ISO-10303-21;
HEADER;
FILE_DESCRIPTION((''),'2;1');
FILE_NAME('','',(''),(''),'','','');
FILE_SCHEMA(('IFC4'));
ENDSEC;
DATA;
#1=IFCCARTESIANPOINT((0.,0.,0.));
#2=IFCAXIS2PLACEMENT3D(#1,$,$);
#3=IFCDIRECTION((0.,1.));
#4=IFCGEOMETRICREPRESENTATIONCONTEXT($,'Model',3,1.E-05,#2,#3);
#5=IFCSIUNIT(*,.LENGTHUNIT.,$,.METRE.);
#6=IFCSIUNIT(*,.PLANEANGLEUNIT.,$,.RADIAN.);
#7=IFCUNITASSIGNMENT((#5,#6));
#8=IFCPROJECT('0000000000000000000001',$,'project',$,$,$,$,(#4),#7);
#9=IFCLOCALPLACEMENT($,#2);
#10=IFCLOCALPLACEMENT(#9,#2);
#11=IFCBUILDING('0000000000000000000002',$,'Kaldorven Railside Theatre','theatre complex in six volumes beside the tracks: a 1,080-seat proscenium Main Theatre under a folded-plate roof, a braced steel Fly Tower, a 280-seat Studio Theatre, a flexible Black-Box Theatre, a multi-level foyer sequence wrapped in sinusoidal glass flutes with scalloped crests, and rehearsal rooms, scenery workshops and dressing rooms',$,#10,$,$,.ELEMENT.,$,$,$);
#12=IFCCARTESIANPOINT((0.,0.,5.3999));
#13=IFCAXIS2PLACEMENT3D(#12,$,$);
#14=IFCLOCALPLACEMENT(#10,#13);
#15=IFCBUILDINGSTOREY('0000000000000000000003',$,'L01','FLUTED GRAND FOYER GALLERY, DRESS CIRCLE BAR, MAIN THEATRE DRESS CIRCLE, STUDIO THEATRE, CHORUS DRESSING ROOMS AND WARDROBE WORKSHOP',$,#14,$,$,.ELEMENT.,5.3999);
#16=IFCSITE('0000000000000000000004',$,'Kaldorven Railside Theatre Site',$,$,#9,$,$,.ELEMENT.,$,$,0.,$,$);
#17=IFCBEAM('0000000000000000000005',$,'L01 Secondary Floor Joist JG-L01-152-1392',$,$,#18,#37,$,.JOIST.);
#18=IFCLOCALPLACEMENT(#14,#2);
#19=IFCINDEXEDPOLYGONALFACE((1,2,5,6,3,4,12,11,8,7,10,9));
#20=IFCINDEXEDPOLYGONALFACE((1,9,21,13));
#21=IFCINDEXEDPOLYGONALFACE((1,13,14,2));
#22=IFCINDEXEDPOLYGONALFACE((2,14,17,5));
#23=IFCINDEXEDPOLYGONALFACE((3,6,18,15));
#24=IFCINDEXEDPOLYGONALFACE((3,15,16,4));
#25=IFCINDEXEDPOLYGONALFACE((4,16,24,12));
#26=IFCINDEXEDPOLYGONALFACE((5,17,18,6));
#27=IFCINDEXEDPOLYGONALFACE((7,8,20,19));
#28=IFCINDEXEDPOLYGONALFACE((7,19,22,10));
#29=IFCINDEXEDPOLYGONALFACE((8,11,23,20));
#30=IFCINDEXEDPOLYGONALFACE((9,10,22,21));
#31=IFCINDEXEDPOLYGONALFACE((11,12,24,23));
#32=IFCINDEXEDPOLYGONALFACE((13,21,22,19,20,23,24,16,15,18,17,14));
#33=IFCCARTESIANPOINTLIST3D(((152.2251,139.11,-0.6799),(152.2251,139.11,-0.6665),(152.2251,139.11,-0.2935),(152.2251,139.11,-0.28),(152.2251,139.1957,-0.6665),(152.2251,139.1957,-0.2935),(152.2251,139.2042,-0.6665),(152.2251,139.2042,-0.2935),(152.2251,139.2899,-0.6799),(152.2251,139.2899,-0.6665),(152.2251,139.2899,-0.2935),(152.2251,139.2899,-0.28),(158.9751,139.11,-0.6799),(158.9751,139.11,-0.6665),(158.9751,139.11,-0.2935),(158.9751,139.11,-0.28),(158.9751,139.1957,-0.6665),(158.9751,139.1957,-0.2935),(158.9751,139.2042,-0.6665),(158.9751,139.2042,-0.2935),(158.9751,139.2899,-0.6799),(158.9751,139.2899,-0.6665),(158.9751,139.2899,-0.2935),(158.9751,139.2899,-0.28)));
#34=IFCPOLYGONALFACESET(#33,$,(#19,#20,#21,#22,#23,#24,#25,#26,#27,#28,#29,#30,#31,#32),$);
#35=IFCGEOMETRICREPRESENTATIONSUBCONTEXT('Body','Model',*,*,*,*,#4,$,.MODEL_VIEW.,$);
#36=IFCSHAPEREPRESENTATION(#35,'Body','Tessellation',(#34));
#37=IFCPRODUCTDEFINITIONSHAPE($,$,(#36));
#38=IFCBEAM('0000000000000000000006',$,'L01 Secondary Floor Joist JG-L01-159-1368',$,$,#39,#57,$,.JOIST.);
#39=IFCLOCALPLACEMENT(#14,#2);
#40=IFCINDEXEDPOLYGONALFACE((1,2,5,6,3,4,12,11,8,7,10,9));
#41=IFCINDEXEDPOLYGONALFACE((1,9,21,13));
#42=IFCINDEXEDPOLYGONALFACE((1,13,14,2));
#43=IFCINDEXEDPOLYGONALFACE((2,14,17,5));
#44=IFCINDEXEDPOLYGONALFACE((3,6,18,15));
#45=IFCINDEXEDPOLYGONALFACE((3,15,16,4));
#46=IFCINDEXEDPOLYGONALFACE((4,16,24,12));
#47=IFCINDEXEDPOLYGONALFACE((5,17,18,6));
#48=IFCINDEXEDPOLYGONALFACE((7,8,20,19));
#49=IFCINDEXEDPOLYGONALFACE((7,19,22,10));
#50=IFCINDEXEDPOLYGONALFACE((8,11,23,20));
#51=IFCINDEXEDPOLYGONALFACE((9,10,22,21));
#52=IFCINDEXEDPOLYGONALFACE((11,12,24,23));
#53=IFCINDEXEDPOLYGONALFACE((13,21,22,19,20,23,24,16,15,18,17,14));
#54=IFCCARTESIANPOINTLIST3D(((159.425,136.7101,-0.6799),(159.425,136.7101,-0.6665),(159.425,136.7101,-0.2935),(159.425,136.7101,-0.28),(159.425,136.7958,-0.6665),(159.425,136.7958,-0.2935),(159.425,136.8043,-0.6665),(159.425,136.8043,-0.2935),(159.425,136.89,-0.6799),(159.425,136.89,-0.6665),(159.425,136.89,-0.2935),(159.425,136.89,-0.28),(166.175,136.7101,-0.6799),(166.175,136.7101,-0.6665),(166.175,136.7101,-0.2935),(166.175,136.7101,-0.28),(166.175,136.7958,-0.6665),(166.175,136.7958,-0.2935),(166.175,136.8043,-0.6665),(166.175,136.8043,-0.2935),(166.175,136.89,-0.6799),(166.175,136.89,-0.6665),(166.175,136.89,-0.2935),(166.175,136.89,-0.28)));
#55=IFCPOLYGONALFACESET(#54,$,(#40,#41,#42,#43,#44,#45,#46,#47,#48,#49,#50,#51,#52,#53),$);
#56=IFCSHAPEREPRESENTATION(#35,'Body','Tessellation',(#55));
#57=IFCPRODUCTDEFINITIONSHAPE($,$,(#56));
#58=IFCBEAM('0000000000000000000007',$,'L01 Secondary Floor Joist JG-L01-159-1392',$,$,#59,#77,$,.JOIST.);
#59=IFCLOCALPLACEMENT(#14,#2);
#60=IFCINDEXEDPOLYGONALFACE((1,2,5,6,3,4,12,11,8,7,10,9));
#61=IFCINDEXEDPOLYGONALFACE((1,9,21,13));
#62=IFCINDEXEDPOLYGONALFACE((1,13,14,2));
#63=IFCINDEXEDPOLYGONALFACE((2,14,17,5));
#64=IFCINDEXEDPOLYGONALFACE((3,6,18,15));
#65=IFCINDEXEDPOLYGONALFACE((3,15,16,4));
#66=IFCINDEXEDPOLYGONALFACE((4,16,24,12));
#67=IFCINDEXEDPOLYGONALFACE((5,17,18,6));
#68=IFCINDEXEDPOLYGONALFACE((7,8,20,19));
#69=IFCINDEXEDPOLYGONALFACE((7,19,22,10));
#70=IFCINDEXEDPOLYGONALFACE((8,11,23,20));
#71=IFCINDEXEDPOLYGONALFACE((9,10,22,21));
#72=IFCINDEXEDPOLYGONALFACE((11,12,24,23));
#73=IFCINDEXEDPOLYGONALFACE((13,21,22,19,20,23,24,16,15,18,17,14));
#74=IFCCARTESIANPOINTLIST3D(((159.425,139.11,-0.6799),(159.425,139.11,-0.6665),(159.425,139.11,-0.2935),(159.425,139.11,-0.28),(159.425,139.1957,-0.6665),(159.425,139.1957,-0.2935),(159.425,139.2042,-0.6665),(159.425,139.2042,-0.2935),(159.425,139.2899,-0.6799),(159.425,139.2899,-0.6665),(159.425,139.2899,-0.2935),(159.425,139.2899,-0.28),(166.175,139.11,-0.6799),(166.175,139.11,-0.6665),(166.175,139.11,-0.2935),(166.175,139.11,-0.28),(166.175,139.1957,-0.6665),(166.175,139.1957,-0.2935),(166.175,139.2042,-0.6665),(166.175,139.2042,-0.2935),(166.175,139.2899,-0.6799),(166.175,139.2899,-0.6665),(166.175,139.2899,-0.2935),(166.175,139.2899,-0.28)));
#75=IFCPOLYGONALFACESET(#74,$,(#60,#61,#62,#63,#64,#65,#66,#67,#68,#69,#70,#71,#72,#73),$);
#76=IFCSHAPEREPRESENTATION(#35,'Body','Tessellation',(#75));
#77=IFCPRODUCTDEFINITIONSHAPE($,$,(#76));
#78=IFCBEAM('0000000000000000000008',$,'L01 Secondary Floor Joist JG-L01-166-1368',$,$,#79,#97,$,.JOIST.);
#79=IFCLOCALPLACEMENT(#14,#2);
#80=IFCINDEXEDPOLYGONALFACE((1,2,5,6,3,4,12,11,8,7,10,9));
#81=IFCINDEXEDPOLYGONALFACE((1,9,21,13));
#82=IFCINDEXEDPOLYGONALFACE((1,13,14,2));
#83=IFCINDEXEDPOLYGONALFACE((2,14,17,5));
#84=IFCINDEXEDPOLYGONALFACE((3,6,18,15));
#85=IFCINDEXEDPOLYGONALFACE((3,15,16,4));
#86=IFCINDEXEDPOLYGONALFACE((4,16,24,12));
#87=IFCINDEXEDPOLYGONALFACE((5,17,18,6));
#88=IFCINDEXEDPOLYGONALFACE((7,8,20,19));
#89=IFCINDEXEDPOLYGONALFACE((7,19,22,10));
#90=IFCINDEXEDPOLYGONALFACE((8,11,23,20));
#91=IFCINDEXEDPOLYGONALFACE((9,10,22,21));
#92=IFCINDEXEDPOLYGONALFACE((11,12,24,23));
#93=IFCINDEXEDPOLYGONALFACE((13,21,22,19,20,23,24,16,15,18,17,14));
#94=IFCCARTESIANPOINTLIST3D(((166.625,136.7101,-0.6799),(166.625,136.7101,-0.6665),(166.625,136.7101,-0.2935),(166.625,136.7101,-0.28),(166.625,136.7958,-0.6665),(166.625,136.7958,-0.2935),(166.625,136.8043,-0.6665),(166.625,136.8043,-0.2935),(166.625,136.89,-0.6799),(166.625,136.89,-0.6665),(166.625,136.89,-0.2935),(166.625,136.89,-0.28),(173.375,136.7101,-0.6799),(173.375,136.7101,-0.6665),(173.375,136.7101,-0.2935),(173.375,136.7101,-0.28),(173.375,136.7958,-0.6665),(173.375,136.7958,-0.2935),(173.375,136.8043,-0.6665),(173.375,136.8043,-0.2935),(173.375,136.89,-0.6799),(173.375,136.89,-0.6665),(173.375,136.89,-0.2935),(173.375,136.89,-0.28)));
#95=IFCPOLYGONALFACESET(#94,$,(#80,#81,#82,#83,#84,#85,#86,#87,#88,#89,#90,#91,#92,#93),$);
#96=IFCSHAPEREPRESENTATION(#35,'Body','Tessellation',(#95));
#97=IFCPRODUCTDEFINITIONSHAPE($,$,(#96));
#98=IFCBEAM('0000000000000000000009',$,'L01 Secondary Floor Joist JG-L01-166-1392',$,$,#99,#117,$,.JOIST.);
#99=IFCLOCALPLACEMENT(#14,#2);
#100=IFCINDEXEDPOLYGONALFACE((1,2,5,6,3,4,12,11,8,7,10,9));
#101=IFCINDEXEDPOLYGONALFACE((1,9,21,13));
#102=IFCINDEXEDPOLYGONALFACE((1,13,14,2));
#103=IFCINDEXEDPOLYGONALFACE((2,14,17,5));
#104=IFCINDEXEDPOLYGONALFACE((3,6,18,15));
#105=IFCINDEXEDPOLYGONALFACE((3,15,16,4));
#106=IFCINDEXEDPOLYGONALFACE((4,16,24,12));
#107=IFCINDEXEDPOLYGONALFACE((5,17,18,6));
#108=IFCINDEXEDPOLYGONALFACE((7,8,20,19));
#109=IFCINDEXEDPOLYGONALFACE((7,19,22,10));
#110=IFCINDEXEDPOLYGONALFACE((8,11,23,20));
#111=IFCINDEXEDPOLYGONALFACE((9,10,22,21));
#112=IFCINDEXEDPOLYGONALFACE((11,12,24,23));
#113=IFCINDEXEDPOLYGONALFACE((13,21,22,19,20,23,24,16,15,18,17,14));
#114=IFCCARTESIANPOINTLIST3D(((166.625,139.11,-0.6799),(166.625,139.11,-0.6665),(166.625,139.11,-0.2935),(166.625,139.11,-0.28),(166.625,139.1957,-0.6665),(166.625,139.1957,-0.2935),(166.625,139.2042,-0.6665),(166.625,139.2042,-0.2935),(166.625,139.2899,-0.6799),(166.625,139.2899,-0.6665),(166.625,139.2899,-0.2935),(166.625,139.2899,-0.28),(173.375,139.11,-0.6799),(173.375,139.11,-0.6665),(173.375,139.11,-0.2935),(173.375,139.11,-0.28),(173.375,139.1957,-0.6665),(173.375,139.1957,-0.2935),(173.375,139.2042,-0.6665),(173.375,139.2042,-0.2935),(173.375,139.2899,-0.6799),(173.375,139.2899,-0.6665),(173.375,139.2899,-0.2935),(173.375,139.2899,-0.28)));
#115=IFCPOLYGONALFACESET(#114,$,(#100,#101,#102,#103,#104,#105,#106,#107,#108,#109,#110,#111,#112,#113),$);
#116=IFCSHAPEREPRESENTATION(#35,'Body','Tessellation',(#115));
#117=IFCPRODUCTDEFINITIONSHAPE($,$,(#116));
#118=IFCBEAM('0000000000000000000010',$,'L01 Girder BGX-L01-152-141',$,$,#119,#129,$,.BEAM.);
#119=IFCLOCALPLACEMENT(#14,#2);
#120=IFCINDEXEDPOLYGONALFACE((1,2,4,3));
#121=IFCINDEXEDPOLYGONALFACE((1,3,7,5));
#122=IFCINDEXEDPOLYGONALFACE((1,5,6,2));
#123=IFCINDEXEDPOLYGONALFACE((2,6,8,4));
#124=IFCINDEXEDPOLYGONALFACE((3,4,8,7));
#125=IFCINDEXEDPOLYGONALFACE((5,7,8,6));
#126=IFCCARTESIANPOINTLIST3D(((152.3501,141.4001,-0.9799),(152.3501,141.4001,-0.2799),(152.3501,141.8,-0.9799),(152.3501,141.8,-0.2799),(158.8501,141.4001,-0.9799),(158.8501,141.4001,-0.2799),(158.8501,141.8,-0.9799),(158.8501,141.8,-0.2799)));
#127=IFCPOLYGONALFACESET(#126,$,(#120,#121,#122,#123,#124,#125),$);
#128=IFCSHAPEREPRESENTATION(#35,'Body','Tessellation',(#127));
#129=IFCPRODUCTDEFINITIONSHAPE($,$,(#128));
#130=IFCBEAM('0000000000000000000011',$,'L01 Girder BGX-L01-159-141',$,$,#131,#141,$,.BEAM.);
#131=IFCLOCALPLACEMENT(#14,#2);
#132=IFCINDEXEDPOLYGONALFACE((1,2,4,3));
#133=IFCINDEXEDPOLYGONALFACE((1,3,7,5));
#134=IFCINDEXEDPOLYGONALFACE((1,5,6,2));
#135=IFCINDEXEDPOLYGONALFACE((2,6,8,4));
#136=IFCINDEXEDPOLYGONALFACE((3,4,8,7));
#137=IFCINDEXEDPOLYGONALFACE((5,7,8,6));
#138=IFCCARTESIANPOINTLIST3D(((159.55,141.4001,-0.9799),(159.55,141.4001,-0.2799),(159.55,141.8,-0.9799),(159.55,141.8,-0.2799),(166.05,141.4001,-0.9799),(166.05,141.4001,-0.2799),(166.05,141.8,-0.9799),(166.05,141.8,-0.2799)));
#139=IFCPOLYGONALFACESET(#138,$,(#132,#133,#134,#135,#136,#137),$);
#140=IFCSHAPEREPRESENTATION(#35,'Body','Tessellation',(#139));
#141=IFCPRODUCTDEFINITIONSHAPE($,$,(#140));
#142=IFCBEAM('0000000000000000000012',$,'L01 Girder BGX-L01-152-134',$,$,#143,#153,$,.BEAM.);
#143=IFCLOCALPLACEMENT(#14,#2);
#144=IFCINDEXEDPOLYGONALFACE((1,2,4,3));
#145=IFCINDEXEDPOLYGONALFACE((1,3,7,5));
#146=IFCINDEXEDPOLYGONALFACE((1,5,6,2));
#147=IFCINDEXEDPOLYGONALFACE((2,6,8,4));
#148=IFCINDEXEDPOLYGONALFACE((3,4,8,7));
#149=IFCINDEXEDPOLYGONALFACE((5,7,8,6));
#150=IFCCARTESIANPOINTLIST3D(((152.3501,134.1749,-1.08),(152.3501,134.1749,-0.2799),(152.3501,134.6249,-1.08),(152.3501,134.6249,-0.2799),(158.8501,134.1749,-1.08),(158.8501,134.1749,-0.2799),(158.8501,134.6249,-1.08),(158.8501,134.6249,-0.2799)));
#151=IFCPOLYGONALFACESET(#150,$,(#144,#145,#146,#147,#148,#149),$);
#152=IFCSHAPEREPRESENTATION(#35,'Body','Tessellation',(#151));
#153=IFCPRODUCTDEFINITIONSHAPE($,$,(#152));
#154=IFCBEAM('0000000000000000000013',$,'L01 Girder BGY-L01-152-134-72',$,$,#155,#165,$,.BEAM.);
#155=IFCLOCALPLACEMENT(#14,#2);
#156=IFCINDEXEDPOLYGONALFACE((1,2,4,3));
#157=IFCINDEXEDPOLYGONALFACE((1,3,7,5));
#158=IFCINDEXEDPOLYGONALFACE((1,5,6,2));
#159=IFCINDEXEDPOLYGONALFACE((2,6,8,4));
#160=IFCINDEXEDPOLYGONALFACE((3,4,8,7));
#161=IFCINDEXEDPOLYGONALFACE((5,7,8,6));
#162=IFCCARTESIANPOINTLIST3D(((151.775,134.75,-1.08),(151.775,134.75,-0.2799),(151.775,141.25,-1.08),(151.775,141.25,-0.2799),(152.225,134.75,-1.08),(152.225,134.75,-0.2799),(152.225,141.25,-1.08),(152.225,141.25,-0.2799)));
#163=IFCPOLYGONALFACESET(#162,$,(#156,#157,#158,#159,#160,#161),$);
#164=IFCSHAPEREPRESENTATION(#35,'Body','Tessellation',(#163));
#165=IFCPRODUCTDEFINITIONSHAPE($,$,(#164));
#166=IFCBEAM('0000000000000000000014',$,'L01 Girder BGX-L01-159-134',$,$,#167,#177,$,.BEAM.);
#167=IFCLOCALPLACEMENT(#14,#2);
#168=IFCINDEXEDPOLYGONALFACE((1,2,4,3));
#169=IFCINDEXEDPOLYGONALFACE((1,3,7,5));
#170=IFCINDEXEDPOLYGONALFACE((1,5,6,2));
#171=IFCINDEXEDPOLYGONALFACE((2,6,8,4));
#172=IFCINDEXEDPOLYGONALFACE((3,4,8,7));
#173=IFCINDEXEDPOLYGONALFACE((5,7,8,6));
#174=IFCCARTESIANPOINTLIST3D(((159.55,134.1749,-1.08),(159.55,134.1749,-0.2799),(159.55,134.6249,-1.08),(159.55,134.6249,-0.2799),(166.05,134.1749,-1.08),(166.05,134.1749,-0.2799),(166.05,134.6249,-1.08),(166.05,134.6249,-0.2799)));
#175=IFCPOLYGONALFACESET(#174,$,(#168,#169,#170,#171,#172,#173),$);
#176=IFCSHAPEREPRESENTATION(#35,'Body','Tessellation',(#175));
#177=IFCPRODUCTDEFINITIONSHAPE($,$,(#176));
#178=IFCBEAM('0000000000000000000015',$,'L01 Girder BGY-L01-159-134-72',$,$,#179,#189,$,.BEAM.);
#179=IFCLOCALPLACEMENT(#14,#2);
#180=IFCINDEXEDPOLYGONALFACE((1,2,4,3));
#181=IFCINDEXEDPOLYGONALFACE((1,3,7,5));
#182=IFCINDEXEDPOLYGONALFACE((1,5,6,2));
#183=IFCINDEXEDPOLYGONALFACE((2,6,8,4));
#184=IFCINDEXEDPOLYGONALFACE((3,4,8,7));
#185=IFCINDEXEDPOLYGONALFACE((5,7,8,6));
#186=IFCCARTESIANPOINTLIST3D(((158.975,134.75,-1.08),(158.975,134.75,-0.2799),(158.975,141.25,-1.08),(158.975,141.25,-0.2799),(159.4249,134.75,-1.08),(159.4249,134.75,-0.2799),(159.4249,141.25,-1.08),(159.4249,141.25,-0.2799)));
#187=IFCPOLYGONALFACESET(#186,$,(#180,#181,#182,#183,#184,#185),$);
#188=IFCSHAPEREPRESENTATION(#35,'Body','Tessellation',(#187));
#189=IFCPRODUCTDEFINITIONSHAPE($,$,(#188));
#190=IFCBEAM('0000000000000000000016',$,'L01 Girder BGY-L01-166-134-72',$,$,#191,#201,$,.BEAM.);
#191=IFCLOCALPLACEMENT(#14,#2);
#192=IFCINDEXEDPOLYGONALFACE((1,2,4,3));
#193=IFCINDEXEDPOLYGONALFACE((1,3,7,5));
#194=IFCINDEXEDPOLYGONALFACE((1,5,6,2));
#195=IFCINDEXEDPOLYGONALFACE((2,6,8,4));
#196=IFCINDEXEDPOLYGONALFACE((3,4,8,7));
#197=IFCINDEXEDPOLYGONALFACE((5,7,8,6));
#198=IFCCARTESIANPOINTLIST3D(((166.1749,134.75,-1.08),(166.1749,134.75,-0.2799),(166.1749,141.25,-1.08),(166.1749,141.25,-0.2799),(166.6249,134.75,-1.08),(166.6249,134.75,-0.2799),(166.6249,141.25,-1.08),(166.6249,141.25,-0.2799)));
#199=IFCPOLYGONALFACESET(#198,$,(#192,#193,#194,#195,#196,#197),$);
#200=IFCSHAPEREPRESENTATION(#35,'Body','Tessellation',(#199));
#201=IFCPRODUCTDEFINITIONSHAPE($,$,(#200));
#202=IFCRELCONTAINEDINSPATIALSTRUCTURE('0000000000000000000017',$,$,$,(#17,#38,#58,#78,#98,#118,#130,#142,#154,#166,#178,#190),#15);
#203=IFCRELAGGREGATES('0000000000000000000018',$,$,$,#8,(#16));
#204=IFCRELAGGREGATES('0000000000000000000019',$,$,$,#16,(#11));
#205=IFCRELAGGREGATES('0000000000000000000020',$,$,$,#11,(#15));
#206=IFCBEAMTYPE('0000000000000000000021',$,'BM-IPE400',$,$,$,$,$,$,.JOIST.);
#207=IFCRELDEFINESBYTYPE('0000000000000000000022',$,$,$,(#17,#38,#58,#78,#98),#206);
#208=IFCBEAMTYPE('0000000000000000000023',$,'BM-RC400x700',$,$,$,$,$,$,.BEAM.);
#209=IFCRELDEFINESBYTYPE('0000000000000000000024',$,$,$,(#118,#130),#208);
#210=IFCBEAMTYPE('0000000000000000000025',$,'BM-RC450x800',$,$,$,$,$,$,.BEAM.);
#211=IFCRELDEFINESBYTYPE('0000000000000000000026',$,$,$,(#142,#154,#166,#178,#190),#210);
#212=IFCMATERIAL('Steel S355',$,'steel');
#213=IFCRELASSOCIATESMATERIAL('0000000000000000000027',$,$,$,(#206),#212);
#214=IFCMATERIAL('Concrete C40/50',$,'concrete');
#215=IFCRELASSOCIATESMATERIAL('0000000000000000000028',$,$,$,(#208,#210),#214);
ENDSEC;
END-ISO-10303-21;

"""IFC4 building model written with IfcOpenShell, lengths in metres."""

from ifc_helpers import new_model, si_unit, direction, frame, origin, origin_2d, place, context, subcontext, project, spatial, rectangle, i_section, extrude, material, material_profile, profile_set, type_object, element, save


model = new_model("IFC4")

# Units and contexts
model_context = context("Model", 3, precision=1e-05, world=origin(), true_north=direction((0.0, 1.0)))
body_context = subcontext(model_context, "Body", "Model", "MODEL_VIEW")
ifc_project = project(units=[si_unit("LENGTHUNIT", "METRE"), si_unit("PLANEANGLEUNIT", "RADIAN")], contexts=[model_context])

# Site, building, storey
site_placement = place(None, origin())
site = spatial("IfcSite", under=ifc_project, at=site_placement, Name="Kaldorven Railside Theatre Site", CompositionType="ELEMENT", RefElevation=0.0)
building_placement = place(site_placement, origin())
building = spatial("IfcBuilding", under=site, at=building_placement, Name="Kaldorven Railside Theatre", Description="theatre complex in six volumes beside the tracks: a 1,080-seat proscenium Main Theatre under a folded-plate roof, a braced steel Fly Tower, a 280-seat Studio Theatre, a flexible Black-Box Theatre, a multi-level foyer sequence wrapped in sinusoidal glass flutes with scalloped crests, and rehearsal rooms, scenery workshops and dressing rooms", CompositionType="ELEMENT")
storey_placement = place(building_placement, frame((0.0, 0.0, 5.3999)))
storey = spatial("IfcBuildingStorey", under=building, at=storey_placement, Name="L01", Description="FLUTED GRAND FOYER GALLERY, DRESS CIRCLE BAR, MAIN THEATRE DRESS CIRCLE, STUDIO THEATRE, CHORUS DRESSING ROOMS AND WARDROBE WORKSHOP", CompositionType="ELEMENT", Elevation=5.3999)

# Shared definitions
ifc_material_1 = material(Name="Concrete C40/50", Category="concrete")

# Beams
ifc_material_2 = material(Name="Steel S355", Category="steel")
ifc_material_profile_1 = material_profile(ifc_material_2, i_section(OverallWidth=0.1799, OverallDepth=0.3999, WebThickness=0.0085, FlangeThickness=0.0134, at=origin_2d()), Name="IPE 400")
ifc_profile_set_1 = profile_set([ifc_material_profile_1], Name="Steel S355")
beam_type_1 = type_object("IfcBeamType", Name="BM-IPE400", PredefinedType="JOIST", material=ifc_profile_set_1)
for number, where, z_axis, x_axis, name in (
    (1, (152.2251, 139.2, -0.48), (1.0, 0.0, 0.0), (0.0, 1.0, 0.0), "L01 Secondary Floor Joist JG-L01-152-1392"),
    (2, (159.425, 136.8, -0.48), (1.0, 0.0, 0.0), (0.0, 1.0, 0.0), "L01 Secondary Floor Joist JG-L01-159-1368"),
    (3, (159.425, 139.2, -0.48), (1.0, 0.0, 0.0), (0.0, 1.0, 0.0), "L01 Secondary Floor Joist JG-L01-159-1392"),
    (4, (166.625, 136.8, -0.48), (1.0, 0.0, 0.0), (0.0, 1.0, 0.0), "L01 Secondary Floor Joist JG-L01-166-1368"),
    (5, (166.625, 139.2, -0.48), (1.0, 0.0, 0.0), (0.0, 1.0, 0.0), "L01 Secondary Floor Joist JG-L01-166-1392"),
):
    element("IfcBeam", number, at=place(storey_placement, frame(where, z_axis=z_axis, x_axis=x_axis)), inside=storey, type_object=beam_type_1, Name=name, PredefinedType="JOIST", context=body_context, shape_type="SweptSolid", body=[
        extrude(i_section(OverallWidth=0.1799, OverallDepth=0.3999, WebThickness=0.0085, FlangeThickness=0.0134, at=origin_2d()), origin(), (0.0, 0.0, 1.0), 6.75),
    ])
ifc_material_profile_2 = material_profile(ifc_material_1, rectangle(XDim=0.3999, YDim=0.7, at=origin_2d()), Name="RC 400x700")
ifc_profile_set_2 = profile_set([ifc_material_profile_2], Name="Concrete C40/50")
beam_type_2 = type_object("IfcBeamType", Name="BM-RC400x700", PredefinedType="BEAM", material=ifc_profile_set_2)
for number, where, z_axis, x_axis, name in (
    (6, (152.3501, 141.6001, -0.6299), (1.0, 0.0, 0.0), (0.0, 1.0, 0.0), "L01 Girder BGX-L01-152-141"),
    (7, (159.55, 141.6001, -0.6299), (1.0, 0.0, 0.0), (0.0, 1.0, 0.0), "L01 Girder BGX-L01-159-141"),
):
    element("IfcBeam", number, at=place(storey_placement, frame(where, z_axis=z_axis, x_axis=x_axis)), inside=storey, type_object=beam_type_2, Name=name, PredefinedType="BEAM", context=body_context, shape_type="SweptSolid", body=[
        extrude(rectangle(XDim=0.3999, YDim=0.7, at=origin_2d()), origin(), (0.0, 0.0, 1.0), 6.5),
    ])
ifc_material_profile_3 = material_profile(ifc_material_1, rectangle(XDim=0.45, YDim=0.8, at=origin_2d()), Name="RC 450x800")
ifc_profile_set_3 = profile_set([ifc_material_profile_3], Name="Concrete C40/50")
beam_type_3 = type_object("IfcBeamType", Name="BM-RC450x800", PredefinedType="BEAM", material=ifc_profile_set_3)
for number, where, z_axis, x_axis, name in (
    (8, (152.3501, 134.3999, -0.6799), (1.0, 0.0, 0.0), (0.0, 1.0, 0.0), "L01 Girder BGX-L01-152-134"),
    (9, (152.0, 134.75, -0.6799), (0.0, 1.0, 0.0), (-1.0, 0.0, 0.0), "L01 Girder BGY-L01-152-134-72"),
    (10, (159.55, 134.3999, -0.6799), (1.0, 0.0, 0.0), (0.0, 1.0, 0.0), "L01 Girder BGX-L01-159-134"),
    (11, (159.2, 134.75, -0.6799), (0.0, 1.0, 0.0), (-1.0, 0.0, 0.0), "L01 Girder BGY-L01-159-134-72"),
    (12, (166.3999, 134.75, -0.6799), (0.0, 1.0, 0.0), (-1.0, 0.0, 0.0), "L01 Girder BGY-L01-166-134-72"),
):
    element("IfcBeam", number, at=place(storey_placement, frame(where, z_axis=z_axis, x_axis=x_axis)), inside=storey, type_object=beam_type_3, Name=name, PredefinedType="BEAM", context=body_context, shape_type="SweptSolid", body=[
        extrude(rectangle(XDim=0.45, YDim=0.8, at=origin_2d()), origin(), (0.0, 0.0, 1.0), 6.5),
    ])

save(model, "model.ifc")
